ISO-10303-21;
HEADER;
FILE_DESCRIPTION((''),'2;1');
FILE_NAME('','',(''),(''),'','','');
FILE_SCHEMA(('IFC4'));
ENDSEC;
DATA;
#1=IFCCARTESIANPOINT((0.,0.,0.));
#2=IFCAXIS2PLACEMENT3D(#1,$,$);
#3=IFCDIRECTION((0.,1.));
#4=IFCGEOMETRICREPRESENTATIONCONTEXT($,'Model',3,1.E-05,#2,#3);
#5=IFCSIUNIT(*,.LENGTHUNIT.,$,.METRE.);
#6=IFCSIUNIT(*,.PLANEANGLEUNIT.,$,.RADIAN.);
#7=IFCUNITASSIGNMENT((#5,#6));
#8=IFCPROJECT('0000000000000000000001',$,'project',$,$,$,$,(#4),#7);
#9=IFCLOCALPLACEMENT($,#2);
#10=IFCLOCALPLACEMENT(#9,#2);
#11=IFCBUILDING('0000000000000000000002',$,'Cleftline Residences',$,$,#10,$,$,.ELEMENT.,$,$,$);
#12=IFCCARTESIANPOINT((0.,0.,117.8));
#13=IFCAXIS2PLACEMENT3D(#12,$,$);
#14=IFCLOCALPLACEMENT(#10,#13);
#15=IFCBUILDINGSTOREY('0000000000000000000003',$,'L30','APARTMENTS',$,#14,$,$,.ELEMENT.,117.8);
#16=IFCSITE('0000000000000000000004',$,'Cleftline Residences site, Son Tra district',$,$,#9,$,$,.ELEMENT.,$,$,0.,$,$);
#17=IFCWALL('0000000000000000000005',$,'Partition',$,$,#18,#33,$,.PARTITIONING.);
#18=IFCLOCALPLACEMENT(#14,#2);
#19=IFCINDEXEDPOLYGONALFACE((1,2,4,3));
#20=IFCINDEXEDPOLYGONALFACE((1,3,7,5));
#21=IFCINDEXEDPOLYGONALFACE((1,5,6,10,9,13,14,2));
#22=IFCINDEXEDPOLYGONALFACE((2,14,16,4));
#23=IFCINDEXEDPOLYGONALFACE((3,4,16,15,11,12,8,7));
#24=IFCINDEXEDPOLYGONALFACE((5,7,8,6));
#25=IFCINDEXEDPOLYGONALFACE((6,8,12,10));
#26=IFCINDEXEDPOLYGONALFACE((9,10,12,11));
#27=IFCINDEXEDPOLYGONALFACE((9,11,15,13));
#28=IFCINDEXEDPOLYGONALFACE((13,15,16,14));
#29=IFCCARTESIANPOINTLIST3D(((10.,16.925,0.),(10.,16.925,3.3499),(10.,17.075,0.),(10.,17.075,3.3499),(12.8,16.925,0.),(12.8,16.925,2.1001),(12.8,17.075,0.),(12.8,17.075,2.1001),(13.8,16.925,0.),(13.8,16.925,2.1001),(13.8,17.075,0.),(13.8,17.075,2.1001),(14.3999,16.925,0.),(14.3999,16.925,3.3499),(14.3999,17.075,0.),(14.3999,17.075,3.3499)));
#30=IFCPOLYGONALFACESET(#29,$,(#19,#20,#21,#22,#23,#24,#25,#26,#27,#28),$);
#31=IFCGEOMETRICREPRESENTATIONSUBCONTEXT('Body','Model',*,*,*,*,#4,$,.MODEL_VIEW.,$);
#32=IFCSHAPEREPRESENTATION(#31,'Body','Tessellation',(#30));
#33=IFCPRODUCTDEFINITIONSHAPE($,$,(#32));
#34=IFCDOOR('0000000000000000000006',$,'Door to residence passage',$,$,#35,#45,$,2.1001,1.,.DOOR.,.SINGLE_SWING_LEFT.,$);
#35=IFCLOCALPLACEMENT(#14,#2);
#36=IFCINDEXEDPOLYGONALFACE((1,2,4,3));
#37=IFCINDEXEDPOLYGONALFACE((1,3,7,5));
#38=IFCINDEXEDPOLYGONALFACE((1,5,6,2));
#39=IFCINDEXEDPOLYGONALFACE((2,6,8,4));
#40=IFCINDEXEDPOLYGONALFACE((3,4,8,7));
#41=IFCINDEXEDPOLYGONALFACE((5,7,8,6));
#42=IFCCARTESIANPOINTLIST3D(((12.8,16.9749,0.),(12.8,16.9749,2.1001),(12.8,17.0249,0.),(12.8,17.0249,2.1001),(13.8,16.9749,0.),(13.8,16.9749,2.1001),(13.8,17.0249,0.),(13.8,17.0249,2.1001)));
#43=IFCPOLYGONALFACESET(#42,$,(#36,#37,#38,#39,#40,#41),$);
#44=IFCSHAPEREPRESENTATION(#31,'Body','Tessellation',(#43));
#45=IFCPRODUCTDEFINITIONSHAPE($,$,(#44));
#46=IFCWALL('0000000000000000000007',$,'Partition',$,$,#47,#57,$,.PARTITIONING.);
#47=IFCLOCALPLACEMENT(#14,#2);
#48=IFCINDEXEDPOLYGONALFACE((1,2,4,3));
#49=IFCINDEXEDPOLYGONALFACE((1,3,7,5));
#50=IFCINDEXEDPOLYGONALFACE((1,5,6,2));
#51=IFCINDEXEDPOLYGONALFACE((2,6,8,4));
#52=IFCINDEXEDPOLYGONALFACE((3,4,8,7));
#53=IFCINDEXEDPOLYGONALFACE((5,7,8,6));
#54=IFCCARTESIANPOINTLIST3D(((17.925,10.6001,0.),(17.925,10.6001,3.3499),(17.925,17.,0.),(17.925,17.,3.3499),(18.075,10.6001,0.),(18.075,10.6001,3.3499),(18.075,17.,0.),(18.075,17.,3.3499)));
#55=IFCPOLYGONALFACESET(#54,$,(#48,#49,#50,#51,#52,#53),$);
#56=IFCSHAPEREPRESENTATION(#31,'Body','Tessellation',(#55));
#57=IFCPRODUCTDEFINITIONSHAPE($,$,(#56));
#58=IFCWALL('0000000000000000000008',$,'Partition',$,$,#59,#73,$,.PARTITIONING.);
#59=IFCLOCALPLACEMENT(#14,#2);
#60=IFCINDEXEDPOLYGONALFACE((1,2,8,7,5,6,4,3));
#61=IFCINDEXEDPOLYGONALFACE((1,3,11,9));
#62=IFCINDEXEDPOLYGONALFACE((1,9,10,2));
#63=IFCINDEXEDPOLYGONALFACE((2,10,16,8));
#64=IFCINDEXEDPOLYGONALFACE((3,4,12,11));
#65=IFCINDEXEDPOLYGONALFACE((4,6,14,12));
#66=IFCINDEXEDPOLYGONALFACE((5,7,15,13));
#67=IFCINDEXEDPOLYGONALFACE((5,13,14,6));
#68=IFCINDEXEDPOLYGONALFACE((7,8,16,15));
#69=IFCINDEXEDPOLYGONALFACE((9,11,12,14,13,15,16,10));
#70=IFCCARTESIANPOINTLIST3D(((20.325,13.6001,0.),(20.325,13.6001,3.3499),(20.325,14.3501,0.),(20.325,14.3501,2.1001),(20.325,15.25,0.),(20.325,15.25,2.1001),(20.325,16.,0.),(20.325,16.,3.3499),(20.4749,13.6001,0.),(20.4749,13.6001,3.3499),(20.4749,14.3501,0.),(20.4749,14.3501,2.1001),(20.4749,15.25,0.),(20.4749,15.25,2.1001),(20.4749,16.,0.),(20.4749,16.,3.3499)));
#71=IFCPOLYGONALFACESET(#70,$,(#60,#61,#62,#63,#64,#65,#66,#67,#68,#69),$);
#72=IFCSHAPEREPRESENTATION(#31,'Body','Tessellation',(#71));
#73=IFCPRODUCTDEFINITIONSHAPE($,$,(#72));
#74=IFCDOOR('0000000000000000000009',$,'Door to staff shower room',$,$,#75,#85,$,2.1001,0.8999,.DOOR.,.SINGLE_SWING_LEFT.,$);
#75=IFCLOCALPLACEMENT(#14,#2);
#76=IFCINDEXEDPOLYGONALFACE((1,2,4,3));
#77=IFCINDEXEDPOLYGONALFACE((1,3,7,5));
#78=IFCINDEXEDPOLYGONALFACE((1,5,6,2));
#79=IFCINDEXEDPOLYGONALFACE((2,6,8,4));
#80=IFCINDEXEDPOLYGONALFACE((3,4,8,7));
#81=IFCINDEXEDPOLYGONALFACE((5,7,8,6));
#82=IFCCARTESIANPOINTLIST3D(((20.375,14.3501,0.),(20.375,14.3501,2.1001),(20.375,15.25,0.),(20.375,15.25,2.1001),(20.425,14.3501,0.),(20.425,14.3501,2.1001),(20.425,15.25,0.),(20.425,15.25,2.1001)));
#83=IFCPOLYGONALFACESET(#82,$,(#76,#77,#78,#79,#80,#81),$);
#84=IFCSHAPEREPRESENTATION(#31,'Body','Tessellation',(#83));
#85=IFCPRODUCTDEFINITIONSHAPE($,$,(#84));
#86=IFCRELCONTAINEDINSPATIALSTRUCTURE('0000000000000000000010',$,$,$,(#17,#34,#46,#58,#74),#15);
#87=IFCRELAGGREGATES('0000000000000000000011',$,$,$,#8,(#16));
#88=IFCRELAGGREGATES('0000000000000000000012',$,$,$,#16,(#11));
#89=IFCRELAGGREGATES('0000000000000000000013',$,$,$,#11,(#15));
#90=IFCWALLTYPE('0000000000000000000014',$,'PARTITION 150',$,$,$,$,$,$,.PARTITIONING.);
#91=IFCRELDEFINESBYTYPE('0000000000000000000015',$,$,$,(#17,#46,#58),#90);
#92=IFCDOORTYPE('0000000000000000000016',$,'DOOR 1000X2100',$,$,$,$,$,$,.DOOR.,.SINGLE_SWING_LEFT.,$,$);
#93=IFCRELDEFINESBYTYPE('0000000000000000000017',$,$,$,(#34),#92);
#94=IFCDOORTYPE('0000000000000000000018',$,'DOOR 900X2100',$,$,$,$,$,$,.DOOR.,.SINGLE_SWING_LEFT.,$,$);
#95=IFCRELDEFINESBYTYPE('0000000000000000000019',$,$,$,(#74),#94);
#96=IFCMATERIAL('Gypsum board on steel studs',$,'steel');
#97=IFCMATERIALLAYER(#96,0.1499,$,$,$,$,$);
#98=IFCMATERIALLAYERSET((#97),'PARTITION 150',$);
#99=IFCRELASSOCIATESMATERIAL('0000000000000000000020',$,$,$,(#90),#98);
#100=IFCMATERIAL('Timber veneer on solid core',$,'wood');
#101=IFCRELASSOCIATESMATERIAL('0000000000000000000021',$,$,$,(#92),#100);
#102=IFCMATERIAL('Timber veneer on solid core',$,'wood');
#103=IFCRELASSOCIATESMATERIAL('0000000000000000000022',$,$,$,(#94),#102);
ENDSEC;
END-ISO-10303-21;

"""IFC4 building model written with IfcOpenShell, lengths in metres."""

from ifc_helpers import new_model, si_unit, direction, frame, frame_2d, origin, place, context, subcontext, project, spatial, rectangle, extrude, material, layer, layer_set, type_object, element, fill, save


model = new_model("IFC4")

# Units and contexts
model_context = context("Model", 3, precision=1e-05, world=origin(), true_north=direction((0.0, 1.0)))
body_context = subcontext(model_context, "Body", "Model", "MODEL_VIEW")
ifc_project = project(units=[si_unit("LENGTHUNIT", "METRE"), si_unit("PLANEANGLEUNIT", "RADIAN")], contexts=[model_context])

# Site, building, storey
site_placement = place(None, origin())
site = spatial("IfcSite", under=ifc_project, at=site_placement, Name="Cleftline Residences site, Son Tra district", CompositionType="ELEMENT", RefElevation=0.0)
building_placement = place(site_placement, origin())
building = spatial("IfcBuilding", under=site, at=building_placement, Name="Cleftline Residences", CompositionType="ELEMENT")
storey_placement = place(building_placement, frame((0.0, 0.0, 117.8)))
storey = spatial("IfcBuildingStorey", under=building, at=storey_placement, Name="L30", Description="APARTMENTS", CompositionType="ELEMENT", Elevation=117.8)

# Shared definitions
ifc_material_1 = material(Name="Gypsum board on steel studs", Category="steel")
ifc_layer_1 = layer(ifc_material_1, 0.1499)
ifc_layer_set_1 = layer_set([ifc_layer_1], Name="PARTITION 150")
wall_type_1 = type_object("IfcWallType", Name="PARTITION 150", PredefinedType="PARTITIONING", material=ifc_layer_set_1)

# Wall, opening, door
wall_1_placement = place(storey_placement, frame((10.0, 17.0, 0.0), z_axis=(0.0, 0.0, 1.0), x_axis=(1.0, 0.0, 0.0)))
wall_1 = element("IfcWall", 1, at=wall_1_placement, inside=storey, type_object=wall_type_1, Name="Partition", PredefinedType="PARTITIONING", context=body_context, shape_type="SweptSolid", body=[
    extrude(rectangle(XDim=4.3999, YDim=0.1499, at=frame_2d((2.2, 0.0))), origin(), (0.0, 0.0, 1.0), 3.3499),
])
opening_1_placement = place(wall_1_placement, frame((2.8, 0.0, 0.0)))
opening_1 = element("IfcOpeningElement", 2, at=opening_1_placement, cuts=wall_1, PredefinedType="OPENING", context=body_context, shape_type="SweptSolid", body=[
    extrude(rectangle(XDim=1.0, YDim=2.1001, at=frame_2d((0.5, 1.05))), frame((0.0, 0.085, 0.0), z_axis=(0.0, -1.0, 0.0), x_axis=(1.0, 0.0, 0.0)), (0.0, 0.0, 1.0), 0.1699),
])
ifc_material_2 = material(Name="Timber veneer on solid core", Category="wood")
door_type_1 = type_object("IfcDoorType", Name="DOOR 1000X2100", OperationType="SINGLE_SWING_LEFT", PredefinedType="DOOR", material=ifc_material_2)
door_1_placement = place(opening_1_placement, origin())
door_1 = element("IfcDoor", 3, at=door_1_placement, inside=storey, type_object=door_type_1, Name="Door to residence passage", OperationType="SINGLE_SWING_LEFT", OverallHeight=2.1001, OverallWidth=1.0, PredefinedType="DOOR", context=body_context, shape_type="SweptSolid", body=[
    extrude(rectangle(XDim=1.0, YDim=2.1001, at=frame_2d((0.5, 1.05))), frame((0.0, 0.0249, 0.0), z_axis=(0.0, -1.0, 0.0), x_axis=(1.0, 0.0, 0.0)), (0.0, 0.0, 1.0), 0.05),
])
fill(opening_1, door_1)

# Wall
wall_2_placement = place(storey_placement, frame((18.0, 10.6001, 0.0), z_axis=(0.0, 0.0, 1.0), x_axis=(0.0, 1.0, 0.0)))
element("IfcWall", 4, at=wall_2_placement, inside=storey, type_object=wall_type_1, Name="Partition", PredefinedType="PARTITIONING", context=body_context, shape_type="SweptSolid", body=[
    extrude(rectangle(XDim=6.3999, YDim=0.1499, at=frame_2d((3.2, 0.0))), origin(), (0.0, 0.0, 1.0), 3.3499),
])

# Wall, opening, door
wall_3_placement = place(storey_placement, frame((20.3999, 13.6001, 0.0), z_axis=(0.0, 0.0, 1.0), x_axis=(0.0, 1.0, 0.0)))
wall_3 = element("IfcWall", 5, at=wall_3_placement, inside=storey, type_object=wall_type_1, Name="Partition", PredefinedType="PARTITIONING", context=body_context, shape_type="SweptSolid", body=[
    extrude(rectangle(XDim=2.3999, YDim=0.1499, at=frame_2d((1.2, 0.0))), origin(), (0.0, 0.0, 1.0), 3.3499),
])
opening_2_placement = place(wall_3_placement, frame((0.75, 0.0, 0.0)))
opening_2 = element("IfcOpeningElement", 6, at=opening_2_placement, cuts=wall_3, PredefinedType="OPENING", context=body_context, shape_type="SweptSolid", body=[
    extrude(rectangle(XDim=0.8999, YDim=2.1001, at=frame_2d((0.45, 1.05))), frame((0.0, 0.085, 0.0), z_axis=(0.0, -1.0, 0.0), x_axis=(1.0, 0.0, 0.0)), (0.0, 0.0, 1.0), 0.1699),
])
ifc_material_3 = material(Name="Timber veneer on solid core", Category="wood")
door_type_2 = type_object("IfcDoorType", Name="DOOR 900X2100", OperationType="SINGLE_SWING_LEFT", PredefinedType="DOOR", material=ifc_material_3)
door_2_placement = place(opening_2_placement, origin())
door_2 = element("IfcDoor", 7, at=door_2_placement, inside=storey, type_object=door_type_2, Name="Door to staff shower room", OperationType="SINGLE_SWING_LEFT", OverallHeight=2.1001, OverallWidth=0.8999, PredefinedType="DOOR", context=body_context, shape_type="SweptSolid", body=[
    extrude(rectangle(XDim=0.8999, YDim=2.1001, at=frame_2d((0.45, 1.05))), frame((0.0, 0.0249, 0.0), z_axis=(0.0, -1.0, 0.0), x_axis=(1.0, 0.0, 0.0)), (0.0, 0.0, 1.0), 0.05),
])
fill(opening_2, door_2)

save(model, "model.ifc")
